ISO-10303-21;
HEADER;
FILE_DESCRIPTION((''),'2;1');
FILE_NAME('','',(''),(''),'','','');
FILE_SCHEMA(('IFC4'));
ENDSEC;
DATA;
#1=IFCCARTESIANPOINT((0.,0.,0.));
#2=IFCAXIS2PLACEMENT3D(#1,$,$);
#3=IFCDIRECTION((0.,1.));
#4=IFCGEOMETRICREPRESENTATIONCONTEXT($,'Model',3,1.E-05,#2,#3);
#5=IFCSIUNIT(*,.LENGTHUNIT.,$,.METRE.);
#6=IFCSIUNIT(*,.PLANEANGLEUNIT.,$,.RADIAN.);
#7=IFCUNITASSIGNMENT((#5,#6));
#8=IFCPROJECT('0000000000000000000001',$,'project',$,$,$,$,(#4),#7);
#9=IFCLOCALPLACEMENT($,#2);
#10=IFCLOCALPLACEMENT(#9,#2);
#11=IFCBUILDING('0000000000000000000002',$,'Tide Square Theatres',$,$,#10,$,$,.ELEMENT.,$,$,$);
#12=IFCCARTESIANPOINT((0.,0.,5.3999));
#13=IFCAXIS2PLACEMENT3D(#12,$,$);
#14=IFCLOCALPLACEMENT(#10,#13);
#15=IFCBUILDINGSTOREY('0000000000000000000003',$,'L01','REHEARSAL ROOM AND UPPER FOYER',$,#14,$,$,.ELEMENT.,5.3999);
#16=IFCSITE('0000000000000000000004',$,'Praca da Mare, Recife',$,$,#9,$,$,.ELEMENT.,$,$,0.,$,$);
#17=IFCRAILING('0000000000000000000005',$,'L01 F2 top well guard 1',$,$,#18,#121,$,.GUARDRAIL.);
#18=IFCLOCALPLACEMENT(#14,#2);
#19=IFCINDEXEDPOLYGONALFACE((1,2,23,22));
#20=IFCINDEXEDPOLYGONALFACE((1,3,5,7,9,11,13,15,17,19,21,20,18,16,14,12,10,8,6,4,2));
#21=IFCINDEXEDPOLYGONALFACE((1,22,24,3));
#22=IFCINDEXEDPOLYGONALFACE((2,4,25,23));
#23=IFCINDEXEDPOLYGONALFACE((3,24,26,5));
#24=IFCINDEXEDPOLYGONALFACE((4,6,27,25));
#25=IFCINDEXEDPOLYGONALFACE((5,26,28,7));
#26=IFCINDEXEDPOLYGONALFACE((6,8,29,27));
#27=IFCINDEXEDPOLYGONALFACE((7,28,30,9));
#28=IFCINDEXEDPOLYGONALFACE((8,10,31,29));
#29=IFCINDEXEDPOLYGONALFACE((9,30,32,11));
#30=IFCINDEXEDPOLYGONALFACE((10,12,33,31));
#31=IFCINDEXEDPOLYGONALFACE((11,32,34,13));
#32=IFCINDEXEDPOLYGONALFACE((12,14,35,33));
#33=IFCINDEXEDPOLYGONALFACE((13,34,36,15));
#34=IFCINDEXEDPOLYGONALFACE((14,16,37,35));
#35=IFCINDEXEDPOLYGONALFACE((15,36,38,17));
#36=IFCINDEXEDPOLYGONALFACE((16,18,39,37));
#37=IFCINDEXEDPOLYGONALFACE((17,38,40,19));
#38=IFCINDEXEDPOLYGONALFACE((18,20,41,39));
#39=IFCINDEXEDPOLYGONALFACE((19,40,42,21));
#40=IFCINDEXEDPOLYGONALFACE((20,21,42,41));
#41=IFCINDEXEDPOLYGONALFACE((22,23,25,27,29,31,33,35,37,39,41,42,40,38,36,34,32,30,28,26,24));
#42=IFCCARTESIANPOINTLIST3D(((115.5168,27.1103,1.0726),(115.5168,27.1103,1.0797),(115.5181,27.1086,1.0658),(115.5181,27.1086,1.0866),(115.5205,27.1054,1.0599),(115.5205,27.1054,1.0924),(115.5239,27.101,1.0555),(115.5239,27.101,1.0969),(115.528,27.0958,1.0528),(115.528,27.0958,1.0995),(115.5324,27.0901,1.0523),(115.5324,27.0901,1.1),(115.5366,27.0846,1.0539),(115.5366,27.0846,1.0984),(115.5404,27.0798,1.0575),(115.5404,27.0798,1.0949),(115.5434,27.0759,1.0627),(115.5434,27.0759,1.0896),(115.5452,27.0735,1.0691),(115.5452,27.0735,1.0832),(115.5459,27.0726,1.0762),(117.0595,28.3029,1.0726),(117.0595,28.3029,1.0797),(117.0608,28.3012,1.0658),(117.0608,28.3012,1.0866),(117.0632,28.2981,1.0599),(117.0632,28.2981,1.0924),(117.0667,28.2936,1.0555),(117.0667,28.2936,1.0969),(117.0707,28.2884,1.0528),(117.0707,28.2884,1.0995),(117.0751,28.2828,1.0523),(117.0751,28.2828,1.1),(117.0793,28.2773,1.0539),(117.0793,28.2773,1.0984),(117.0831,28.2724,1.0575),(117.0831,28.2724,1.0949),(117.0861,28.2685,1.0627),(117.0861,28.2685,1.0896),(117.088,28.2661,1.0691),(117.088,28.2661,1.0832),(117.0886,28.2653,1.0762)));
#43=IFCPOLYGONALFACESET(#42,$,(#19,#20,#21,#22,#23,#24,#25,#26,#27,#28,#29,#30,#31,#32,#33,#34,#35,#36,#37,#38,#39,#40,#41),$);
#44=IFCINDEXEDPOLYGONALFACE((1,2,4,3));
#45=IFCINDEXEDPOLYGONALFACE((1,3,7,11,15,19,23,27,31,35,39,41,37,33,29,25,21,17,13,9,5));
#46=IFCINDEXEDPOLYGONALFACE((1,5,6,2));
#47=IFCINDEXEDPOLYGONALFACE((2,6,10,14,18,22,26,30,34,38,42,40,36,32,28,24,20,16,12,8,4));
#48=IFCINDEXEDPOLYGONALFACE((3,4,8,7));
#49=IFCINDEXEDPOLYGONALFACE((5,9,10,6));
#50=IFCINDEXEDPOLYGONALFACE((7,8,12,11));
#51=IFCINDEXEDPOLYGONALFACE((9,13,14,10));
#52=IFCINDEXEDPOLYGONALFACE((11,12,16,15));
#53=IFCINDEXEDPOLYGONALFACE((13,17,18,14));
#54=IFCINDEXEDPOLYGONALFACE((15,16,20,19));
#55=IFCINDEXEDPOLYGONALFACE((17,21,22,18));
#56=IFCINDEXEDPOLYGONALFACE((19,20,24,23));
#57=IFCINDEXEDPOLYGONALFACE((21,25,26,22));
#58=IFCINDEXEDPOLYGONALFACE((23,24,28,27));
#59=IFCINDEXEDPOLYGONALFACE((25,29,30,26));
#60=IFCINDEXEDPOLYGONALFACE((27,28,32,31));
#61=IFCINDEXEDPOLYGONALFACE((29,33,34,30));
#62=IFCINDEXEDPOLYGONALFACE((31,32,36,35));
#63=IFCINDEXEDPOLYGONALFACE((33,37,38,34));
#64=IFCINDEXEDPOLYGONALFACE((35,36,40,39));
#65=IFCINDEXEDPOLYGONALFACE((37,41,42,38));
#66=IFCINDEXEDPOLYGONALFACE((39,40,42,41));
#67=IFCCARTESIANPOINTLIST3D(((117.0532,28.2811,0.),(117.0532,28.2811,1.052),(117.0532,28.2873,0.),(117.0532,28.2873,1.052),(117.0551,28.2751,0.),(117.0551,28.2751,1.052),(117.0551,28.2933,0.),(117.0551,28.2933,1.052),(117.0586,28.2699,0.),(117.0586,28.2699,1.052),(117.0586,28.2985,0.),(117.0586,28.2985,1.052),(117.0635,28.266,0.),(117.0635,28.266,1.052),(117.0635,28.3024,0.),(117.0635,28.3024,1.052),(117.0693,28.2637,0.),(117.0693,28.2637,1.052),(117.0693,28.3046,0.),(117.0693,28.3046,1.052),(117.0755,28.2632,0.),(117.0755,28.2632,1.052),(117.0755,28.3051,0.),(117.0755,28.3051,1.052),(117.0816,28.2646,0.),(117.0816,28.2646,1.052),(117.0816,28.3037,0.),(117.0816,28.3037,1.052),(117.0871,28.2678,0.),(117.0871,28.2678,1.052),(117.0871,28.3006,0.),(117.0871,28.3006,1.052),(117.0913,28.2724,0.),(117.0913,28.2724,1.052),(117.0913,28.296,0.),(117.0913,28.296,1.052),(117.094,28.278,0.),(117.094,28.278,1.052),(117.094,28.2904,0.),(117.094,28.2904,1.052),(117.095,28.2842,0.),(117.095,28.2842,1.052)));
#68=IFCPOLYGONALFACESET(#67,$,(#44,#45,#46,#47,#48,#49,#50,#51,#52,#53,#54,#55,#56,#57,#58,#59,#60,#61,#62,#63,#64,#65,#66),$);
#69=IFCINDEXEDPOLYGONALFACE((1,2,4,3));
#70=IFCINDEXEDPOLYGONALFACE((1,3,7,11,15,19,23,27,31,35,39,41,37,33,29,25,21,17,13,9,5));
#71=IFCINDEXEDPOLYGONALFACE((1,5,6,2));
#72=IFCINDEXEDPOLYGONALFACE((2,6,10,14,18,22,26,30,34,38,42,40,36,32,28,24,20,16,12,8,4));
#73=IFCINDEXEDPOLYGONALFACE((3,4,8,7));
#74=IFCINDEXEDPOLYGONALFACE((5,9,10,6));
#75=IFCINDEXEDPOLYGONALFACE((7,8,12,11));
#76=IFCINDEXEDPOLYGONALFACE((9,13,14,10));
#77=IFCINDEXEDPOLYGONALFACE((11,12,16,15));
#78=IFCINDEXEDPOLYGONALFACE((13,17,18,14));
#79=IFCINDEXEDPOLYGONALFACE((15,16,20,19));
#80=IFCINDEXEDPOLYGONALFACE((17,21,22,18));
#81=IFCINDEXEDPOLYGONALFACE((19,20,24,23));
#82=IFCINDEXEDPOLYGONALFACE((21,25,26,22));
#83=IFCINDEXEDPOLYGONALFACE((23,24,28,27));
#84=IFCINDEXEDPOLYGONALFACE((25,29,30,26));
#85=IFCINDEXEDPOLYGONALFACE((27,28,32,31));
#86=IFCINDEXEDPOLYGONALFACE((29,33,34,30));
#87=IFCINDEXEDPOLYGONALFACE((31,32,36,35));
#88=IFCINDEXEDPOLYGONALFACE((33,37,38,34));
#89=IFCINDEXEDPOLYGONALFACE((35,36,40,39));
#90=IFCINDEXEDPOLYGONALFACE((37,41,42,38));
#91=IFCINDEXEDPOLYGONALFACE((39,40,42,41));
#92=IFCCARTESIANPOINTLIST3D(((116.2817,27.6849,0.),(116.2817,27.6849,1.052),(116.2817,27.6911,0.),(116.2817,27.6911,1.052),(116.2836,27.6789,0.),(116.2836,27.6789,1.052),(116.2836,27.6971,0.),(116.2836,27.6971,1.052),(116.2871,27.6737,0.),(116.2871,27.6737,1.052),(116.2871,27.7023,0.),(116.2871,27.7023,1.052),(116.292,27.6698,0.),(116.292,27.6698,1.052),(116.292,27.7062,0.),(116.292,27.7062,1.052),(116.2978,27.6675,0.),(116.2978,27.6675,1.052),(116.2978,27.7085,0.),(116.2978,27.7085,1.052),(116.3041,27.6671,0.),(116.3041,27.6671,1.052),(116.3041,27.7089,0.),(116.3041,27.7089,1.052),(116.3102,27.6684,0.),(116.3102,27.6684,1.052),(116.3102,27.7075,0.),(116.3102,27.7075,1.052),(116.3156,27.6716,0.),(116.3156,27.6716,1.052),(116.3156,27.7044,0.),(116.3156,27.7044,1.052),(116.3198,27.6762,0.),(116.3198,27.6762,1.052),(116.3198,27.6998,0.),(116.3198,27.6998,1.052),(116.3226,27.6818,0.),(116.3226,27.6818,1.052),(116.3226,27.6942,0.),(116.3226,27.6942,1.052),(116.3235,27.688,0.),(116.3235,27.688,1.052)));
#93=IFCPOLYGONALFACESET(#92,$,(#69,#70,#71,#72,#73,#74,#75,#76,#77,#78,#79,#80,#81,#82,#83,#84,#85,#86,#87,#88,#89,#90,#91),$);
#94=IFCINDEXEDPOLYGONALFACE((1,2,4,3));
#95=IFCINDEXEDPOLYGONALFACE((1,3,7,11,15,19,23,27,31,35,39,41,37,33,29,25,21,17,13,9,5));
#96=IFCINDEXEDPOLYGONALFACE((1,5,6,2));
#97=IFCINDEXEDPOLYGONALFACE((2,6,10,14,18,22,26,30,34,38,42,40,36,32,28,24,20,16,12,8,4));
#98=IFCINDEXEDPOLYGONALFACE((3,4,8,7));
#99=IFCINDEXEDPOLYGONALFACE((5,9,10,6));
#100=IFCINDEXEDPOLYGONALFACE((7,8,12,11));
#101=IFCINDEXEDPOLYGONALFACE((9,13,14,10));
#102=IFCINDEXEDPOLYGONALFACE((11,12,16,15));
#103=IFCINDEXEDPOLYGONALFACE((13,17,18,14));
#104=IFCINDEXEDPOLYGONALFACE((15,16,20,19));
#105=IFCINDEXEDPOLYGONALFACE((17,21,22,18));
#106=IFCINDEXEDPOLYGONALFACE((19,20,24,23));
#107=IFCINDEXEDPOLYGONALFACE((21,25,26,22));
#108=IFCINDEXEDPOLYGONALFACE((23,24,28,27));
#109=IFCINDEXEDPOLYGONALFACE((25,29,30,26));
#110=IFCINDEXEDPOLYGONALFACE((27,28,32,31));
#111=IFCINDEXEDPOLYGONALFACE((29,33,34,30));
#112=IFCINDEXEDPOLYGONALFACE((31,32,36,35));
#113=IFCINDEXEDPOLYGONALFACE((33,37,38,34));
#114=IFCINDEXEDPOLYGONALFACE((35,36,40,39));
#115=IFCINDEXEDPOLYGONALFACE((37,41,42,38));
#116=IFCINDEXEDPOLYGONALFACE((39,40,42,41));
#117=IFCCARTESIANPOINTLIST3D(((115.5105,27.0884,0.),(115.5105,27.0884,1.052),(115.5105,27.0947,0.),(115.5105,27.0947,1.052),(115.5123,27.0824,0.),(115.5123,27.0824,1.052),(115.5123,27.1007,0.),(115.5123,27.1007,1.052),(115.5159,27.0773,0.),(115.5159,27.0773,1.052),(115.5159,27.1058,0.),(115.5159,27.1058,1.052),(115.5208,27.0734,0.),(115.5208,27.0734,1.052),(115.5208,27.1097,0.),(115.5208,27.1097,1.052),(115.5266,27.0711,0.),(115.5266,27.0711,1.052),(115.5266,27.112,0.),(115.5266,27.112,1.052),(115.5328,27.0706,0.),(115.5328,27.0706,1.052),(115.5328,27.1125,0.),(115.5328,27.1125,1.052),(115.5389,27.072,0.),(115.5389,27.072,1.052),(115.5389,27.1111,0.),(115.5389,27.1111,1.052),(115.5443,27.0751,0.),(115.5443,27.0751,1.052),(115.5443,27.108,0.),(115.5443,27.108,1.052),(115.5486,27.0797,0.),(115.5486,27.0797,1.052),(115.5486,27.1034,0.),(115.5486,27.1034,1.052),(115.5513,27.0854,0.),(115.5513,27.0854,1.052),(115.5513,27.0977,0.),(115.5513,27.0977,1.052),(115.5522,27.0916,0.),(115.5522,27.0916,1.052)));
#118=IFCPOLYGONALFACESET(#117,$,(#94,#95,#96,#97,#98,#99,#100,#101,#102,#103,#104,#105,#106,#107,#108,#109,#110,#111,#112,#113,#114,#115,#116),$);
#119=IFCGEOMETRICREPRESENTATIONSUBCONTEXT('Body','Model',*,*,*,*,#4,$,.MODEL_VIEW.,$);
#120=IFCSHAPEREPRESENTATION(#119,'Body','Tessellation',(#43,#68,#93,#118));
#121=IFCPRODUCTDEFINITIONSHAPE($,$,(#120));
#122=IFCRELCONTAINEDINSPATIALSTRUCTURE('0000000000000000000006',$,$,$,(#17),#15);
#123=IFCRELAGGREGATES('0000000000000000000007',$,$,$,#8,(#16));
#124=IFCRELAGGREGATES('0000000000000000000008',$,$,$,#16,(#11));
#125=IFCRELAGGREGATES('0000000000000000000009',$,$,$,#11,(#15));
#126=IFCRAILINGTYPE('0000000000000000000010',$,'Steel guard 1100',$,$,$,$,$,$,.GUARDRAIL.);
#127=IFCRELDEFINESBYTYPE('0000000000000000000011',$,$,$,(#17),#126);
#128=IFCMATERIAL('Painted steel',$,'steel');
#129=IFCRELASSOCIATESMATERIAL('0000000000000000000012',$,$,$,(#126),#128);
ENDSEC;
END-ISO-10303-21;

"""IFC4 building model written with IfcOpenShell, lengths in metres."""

from ifc_helpers import new_model, si_unit, direction, frame, origin, origin_2d, place, context, subcontext, project, spatial, circle, extrude, material, type_object, element, save


model = new_model("IFC4")

# Units and contexts
model_context = context("Model", 3, precision=1e-05, world=origin(), true_north=direction((0.0, 1.0)))
body_context = subcontext(model_context, "Body", "Model", "MODEL_VIEW")
ifc_project = project(units=[si_unit("LENGTHUNIT", "METRE"), si_unit("PLANEANGLEUNIT", "RADIAN")], contexts=[model_context])

# Site, building, storey
site_placement = place(None, origin())
site = spatial("IfcSite", under=ifc_project, at=site_placement, Name="Praca da Mare, Recife", CompositionType="ELEMENT", RefElevation=0.0)
building_placement = place(site_placement, origin())
building = spatial("IfcBuilding", under=site, at=building_placement, Name="Tide Square Theatres", CompositionType="ELEMENT")
storey_placement = place(building_placement, frame((0.0, 0.0, 5.3999)))
storey = spatial("IfcBuildingStorey", under=building, at=storey_placement, Name="L01", Description="REHEARSAL ROOM AND UPPER FOYER", CompositionType="ELEMENT", Elevation=5.3999)

# Railing
ifc_material_1 = material(Name="Painted steel", Category="steel")
railing_type = type_object("IfcRailingType", Name="Steel guard 1100", PredefinedType="GUARDRAIL", material=ifc_material_1)
railing_placement = place(storey_placement, frame((117.074, 28.2842, 0.0)))
element("IfcRailing", 1, at=railing_placement, inside=storey, type_object=railing_type, Name="L01 F2 top well guard 1", PredefinedType="GUARDRAIL", context=body_context, shape_type="SweptSolid", body=[
    extrude(circle(Radius=0.0239, at=origin_2d()), frame((0.0, 0.0, 1.0762), z_axis=(-0.791156, -0.611615, 0.0), x_axis=(0.611615, -0.791156, 0.0)), (0.0, 0.0, 1.0), 1.95),
    extrude(circle(Radius=0.021, at=origin_2d()), origin(), (0.0, 0.0, 1.0), 1.052),
    extrude(circle(Radius=0.021, at=origin_2d()), frame((-0.7715, -0.5962, 0.0)), (0.0, 0.0, 1.0), 1.052),
    extrude(circle(Radius=0.021, at=origin_2d()), frame((-1.5427, -1.1926, 0.0)), (0.0, 0.0, 1.0), 1.052),
])

save(model, "model.ifc")
